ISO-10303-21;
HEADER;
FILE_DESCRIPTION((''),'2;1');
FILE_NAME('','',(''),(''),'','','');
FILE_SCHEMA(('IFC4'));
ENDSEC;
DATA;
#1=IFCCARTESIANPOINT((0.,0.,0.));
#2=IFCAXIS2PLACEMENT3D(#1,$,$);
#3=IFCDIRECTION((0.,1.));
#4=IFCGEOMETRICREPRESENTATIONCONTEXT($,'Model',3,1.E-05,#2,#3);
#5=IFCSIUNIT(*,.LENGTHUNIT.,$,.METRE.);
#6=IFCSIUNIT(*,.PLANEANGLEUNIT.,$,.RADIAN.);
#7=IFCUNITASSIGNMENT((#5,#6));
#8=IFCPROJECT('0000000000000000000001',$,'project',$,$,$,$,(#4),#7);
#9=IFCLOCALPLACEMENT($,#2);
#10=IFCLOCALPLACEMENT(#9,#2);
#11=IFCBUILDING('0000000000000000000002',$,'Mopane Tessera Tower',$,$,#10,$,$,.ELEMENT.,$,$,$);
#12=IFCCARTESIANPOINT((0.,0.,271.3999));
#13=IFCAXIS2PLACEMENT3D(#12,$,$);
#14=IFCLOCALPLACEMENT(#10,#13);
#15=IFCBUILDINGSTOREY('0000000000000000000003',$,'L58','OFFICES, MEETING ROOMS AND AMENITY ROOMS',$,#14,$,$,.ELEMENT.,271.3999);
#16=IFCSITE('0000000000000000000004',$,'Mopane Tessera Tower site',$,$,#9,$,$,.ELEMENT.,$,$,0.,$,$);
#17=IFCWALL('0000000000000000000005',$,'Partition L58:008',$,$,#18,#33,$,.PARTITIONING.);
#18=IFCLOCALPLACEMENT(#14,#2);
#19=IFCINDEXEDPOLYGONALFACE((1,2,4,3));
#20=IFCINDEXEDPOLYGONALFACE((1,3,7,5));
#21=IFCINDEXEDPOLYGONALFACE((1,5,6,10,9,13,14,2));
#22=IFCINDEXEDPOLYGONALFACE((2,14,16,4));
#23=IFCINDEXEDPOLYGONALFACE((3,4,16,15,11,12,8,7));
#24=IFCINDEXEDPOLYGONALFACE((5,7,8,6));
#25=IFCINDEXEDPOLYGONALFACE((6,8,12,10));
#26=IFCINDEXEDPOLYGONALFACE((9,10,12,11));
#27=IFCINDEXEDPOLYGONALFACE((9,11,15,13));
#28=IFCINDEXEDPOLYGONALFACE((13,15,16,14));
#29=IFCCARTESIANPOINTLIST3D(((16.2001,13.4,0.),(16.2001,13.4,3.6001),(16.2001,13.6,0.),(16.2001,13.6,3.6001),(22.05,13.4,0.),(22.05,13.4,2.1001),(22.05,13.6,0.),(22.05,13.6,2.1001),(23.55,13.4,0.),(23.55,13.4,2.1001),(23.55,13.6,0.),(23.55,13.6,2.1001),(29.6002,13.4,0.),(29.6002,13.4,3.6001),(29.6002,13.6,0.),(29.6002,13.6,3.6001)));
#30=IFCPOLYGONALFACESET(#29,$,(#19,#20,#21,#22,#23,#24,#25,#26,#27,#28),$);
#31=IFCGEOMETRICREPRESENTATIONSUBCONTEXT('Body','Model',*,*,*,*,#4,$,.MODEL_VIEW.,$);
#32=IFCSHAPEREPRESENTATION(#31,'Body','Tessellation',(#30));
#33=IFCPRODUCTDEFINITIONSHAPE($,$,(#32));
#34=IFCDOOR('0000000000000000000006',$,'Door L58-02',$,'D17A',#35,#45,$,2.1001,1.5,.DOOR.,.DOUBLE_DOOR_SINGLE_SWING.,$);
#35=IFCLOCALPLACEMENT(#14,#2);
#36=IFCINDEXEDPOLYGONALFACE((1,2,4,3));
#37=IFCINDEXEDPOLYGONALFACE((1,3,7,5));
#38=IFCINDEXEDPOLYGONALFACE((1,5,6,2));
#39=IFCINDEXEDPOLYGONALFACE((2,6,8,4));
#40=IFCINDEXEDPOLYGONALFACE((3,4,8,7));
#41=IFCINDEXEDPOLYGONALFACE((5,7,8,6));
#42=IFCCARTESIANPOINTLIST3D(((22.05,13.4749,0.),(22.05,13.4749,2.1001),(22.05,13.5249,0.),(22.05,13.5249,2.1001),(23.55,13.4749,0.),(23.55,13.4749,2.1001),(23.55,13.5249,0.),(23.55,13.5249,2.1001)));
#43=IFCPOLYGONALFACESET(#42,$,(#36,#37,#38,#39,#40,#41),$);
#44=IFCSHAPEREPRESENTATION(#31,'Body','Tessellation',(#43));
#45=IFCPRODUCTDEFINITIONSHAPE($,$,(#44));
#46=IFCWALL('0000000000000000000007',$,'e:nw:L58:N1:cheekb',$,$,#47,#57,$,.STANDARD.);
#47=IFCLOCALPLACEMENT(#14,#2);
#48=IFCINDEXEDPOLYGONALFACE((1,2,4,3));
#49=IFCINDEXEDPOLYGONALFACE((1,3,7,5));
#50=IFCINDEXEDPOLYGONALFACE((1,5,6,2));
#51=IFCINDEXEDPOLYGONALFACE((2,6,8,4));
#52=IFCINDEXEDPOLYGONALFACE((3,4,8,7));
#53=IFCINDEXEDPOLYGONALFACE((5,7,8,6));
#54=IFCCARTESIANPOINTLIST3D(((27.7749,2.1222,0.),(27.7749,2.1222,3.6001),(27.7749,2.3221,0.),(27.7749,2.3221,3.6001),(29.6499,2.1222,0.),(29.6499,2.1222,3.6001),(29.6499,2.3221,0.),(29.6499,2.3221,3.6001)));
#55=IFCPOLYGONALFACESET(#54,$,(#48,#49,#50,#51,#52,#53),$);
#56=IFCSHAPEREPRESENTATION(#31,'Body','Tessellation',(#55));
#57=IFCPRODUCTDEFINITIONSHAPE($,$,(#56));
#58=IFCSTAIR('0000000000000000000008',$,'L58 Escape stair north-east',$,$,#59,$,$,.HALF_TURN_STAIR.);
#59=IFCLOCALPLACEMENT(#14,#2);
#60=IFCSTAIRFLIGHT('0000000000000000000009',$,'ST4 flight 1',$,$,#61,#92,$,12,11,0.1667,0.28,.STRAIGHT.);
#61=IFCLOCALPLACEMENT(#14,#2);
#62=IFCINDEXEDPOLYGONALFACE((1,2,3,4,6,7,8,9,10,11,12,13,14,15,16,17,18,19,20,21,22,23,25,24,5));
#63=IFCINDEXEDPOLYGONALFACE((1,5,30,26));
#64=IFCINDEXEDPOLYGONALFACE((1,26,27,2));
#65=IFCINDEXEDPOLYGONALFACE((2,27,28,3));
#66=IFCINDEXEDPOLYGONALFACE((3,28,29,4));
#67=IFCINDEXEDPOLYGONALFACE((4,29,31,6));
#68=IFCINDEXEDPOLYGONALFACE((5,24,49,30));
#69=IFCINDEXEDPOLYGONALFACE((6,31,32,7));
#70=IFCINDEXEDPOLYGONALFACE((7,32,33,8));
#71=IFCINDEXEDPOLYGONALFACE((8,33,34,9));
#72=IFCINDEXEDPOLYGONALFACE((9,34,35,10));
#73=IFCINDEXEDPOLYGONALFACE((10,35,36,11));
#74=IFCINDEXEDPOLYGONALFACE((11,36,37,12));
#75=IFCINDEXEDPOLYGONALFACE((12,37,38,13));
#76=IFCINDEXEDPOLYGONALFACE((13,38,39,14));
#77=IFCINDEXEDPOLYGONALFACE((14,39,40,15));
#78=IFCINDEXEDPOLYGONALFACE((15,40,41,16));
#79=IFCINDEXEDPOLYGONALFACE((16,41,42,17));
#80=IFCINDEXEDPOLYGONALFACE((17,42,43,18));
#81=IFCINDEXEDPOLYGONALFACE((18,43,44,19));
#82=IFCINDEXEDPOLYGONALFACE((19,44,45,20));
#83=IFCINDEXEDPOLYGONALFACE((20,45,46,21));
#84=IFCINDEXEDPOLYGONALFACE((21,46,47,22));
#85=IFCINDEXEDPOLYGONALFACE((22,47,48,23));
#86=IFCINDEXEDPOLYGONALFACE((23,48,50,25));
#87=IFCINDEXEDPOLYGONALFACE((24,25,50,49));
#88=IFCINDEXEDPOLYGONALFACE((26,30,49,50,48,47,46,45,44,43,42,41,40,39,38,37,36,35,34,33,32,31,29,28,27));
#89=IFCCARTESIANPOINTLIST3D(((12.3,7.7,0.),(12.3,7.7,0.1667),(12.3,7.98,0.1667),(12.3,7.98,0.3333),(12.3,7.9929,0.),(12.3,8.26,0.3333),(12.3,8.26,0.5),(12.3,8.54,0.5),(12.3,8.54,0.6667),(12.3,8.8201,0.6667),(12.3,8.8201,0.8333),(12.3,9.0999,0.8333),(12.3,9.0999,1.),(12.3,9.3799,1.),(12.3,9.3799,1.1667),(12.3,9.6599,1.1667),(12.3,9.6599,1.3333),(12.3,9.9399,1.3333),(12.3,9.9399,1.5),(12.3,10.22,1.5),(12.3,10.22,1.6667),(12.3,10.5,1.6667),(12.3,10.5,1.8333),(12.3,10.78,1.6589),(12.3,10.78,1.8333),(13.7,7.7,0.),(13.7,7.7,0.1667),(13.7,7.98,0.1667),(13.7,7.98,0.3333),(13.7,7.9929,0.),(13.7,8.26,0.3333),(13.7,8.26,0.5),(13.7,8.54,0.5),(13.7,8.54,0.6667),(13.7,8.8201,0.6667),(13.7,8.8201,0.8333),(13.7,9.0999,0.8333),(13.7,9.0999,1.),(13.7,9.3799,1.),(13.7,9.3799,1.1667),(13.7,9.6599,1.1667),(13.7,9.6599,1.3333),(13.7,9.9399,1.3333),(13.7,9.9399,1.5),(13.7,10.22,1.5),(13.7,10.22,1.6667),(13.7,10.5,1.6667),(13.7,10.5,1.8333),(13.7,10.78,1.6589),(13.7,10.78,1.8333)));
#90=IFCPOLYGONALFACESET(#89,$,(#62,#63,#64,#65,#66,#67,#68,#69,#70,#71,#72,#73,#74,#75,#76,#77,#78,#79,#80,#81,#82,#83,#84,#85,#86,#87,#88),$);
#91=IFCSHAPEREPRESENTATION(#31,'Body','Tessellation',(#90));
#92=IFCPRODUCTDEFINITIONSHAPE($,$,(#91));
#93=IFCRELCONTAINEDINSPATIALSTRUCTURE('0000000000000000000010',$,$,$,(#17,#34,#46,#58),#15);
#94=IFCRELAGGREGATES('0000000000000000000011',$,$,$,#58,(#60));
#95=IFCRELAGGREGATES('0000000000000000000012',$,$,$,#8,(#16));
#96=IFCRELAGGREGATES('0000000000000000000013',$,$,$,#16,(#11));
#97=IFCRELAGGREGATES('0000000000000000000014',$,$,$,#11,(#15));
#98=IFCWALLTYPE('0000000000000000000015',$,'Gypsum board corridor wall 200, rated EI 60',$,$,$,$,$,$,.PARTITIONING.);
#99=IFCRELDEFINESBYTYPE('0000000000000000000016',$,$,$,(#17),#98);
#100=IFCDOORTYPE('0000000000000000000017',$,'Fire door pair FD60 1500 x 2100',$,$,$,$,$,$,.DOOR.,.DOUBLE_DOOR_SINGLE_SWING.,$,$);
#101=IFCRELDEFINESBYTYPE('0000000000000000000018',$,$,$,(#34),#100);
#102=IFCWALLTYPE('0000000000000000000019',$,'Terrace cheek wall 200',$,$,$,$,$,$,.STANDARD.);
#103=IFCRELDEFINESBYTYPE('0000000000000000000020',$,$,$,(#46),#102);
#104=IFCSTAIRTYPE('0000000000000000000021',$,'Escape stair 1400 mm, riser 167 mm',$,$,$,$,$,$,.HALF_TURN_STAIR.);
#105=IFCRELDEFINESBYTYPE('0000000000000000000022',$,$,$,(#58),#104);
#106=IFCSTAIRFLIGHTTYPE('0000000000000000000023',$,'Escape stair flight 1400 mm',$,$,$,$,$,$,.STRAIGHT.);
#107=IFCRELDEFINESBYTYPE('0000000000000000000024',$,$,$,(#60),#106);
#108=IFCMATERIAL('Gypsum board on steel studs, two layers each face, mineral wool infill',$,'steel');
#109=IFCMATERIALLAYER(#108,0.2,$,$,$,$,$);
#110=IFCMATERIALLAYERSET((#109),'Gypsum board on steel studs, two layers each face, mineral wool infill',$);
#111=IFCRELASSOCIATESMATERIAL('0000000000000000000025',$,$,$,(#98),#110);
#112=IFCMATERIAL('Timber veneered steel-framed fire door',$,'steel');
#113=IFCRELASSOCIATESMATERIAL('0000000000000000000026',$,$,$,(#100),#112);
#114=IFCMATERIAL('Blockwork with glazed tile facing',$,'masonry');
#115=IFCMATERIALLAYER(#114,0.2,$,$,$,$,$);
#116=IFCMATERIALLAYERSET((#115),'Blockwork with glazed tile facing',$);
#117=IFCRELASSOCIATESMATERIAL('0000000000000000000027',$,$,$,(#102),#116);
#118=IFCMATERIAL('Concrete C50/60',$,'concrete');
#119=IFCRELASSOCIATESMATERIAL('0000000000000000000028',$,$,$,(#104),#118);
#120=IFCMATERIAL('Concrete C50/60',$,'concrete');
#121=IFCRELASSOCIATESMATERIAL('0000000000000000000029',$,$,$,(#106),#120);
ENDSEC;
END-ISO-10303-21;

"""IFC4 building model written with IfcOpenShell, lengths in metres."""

from ifc_helpers import new_model, si_unit, direction, frame, frame_2d, origin, place, context, subcontext, project, spatial, polyline, rectangle, outline, extrude, material, layer, layer_set, type_object, element, fill, aggregate, save


model = new_model("IFC4")

# Units and contexts
model_context = context("Model", 3, precision=1e-05, world=origin(), true_north=direction((0.0, 1.0)))
body_context = subcontext(model_context, "Body", "Model", "MODEL_VIEW")
ifc_project = project(units=[si_unit("LENGTHUNIT", "METRE"), si_unit("PLANEANGLEUNIT", "RADIAN")], contexts=[model_context])

# Site, building, storey
site_placement = place(None, origin())
site = spatial("IfcSite", under=ifc_project, at=site_placement, Name="Mopane Tessera Tower site", CompositionType="ELEMENT", RefElevation=0.0)
building_placement = place(site_placement, origin())
building = spatial("IfcBuilding", under=site, at=building_placement, Name="Mopane Tessera Tower", CompositionType="ELEMENT")
storey_placement = place(building_placement, frame((0.0, 0.0, 271.3999)))
storey = spatial("IfcBuildingStorey", under=building, at=storey_placement, Name="L58", Description="OFFICES, MEETING ROOMS AND AMENITY ROOMS", CompositionType="ELEMENT", Elevation=271.3999)

# Wall, opening, door
ifc_material_1 = material(Name="Gypsum board on steel studs, two layers each face, mineral wool infill", Category="steel")
ifc_layer_1 = layer(ifc_material_1, 0.2)
ifc_layer_set_1 = layer_set([ifc_layer_1], Name="Gypsum board on steel studs, two layers each face, mineral wool infill")
wall_type_1 = type_object("IfcWallType", Name="Gypsum board corridor wall 200, rated EI 60", PredefinedType="PARTITIONING", material=ifc_layer_set_1)
wall_1_placement = place(storey_placement, frame((16.2, 13.5, 0.0), z_axis=(0.0, 0.0, 1.0), x_axis=(1.0, 0.0, 0.0)))
wall_1 = element("IfcWall", 1, at=wall_1_placement, inside=storey, type_object=wall_type_1, Name="Partition L58:008", PredefinedType="PARTITIONING", context=body_context, shape_type="SweptSolid", body=[
    extrude(rectangle(XDim=13.4001, YDim=0.2, at=frame_2d((6.7002, 0.0))), origin(), (0.0, 0.0, 1.0), 3.6001),
])
opening_placement = place(wall_1_placement, frame((5.8501, 0.0, 0.0)))
opening = element("IfcOpeningElement", 2, at=opening_placement, cuts=wall_1, PredefinedType="OPENING", context=body_context, shape_type="SweptSolid", body=[
    extrude(rectangle(XDim=1.5, YDim=2.1001, at=frame_2d((0.75, 1.05))), frame((0.0, 0.1121, 0.0), z_axis=(0.0, -1.0, 0.0), x_axis=(1.0, 0.0, 0.0)), (0.0, 0.0, 1.0), 0.2239),
])
ifc_material_2 = material(Name="Timber veneered steel-framed fire door", Category="steel")
door_type = type_object("IfcDoorType", Name="Fire door pair FD60 1500 x 2100", OperationType="DOUBLE_DOOR_SINGLE_SWING", PredefinedType="DOOR", material=ifc_material_2)
door_placement = place(opening_placement, origin())
door = element("IfcDoor", 3, at=door_placement, inside=storey, type_object=door_type, Name="Door L58-02", ObjectType="D17A", OperationType="DOUBLE_DOOR_SINGLE_SWING", OverallHeight=2.1001, OverallWidth=1.5, PredefinedType="DOOR", context=body_context, shape_type="SweptSolid", body=[
    extrude(rectangle(XDim=1.5, YDim=2.1001, at=frame_2d((0.75, 1.05))), frame((0.0, 0.0249, 0.0), z_axis=(0.0, -1.0, 0.0), x_axis=(1.0, 0.0, 0.0)), (0.0, 0.0, 1.0), 0.05),
])
fill(opening, door)

# Wall
ifc_material_3 = material(Name="Blockwork with glazed tile facing", Category="masonry")
ifc_layer_2 = layer(ifc_material_3, 0.2)
ifc_layer_set_2 = layer_set([ifc_layer_2], Name="Blockwork with glazed tile facing")
wall_type_2 = type_object("IfcWallType", Name="Terrace cheek wall 200", PredefinedType="STANDARD", material=ifc_layer_set_2)
wall_2_placement = place(storey_placement, frame((29.6499, 2.2222, 0.0), z_axis=(0.0, 0.0, 1.0), x_axis=(-1.0, 0.0, 0.0)))
element("IfcWall", 4, at=wall_2_placement, inside=storey, type_object=wall_type_2, Name="e:nw:L58:N1:cheekb", PredefinedType="STANDARD", context=body_context, shape_type="SweptSolid", body=[
    extrude(rectangle(XDim=1.875, YDim=0.2, at=frame_2d((0.9375, 0.0))), origin(), (0.0, 0.0, 1.0), 3.6001),
])

# Stair, stair flight
ifc_material_4 = material(Name="Concrete C50/60", Category="concrete")
stair_type = type_object("IfcStairType", Name="Escape stair 1400 mm, riser 167 mm", PredefinedType="HALF_TURN_STAIR", material=ifc_material_4)
stair_placement = place(storey_placement, origin())
stair = element("IfcStair", 5, at=stair_placement, inside=storey, type_object=stair_type, Name="L58 Escape stair north-east", PredefinedType="HALF_TURN_STAIR")
ifc_material_5 = material(Name="Concrete C50/60", Category="concrete")
stair_flight_type = type_object("IfcStairFlightType", Name="Escape stair flight 1400 mm", PredefinedType="STRAIGHT", material=ifc_material_5)
stair_flight_placement = place(storey_placement, frame((13.0, 7.7, 0.0), z_axis=(0.0, 0.0, 1.0), x_axis=(0.0, 1.0, 0.0)))
stair_flight = element("IfcStairFlight", 6, at=stair_flight_placement, type_object=stair_flight_type, Name="ST4 flight 1", NumberOfRisers=12, NumberOfTreads=11, PredefinedType="STRAIGHT", RiserHeight=0.1667, TreadLength=0.28, context=body_context, shape_type="SweptSolid", body=[
    extrude(outline(polyline([(0.0, 0.0), (0.0, 0.1667), (0.28, 0.1667), (0.28, 0.3333), (0.5601, 0.3333), (0.5601, 0.5), (0.8401, 0.5), (0.8401, 0.6667), (1.1201, 0.6667), (1.1201, 0.8333), (1.3999, 0.8333), (1.3999, 1.0), (1.6799, 1.0), (1.6799, 1.1667), (1.96, 1.1667), (1.96, 1.3333), (2.24, 1.3333), (2.24, 1.5), (2.52, 1.5), (2.52, 1.6667), (2.8, 1.6667), (2.8, 1.8333), (3.0801, 1.8333), (3.0801, 2.0), (3.0801, 1.6589), (0.293, 0.0), (0.0, 0.0)])), frame((0.0, 0.7, 0.0), z_axis=(0.0, -1.0, 0.0), x_axis=(1.0, 0.0, 0.0)), (0.0, 0.0, 1.0), 1.3999),
])
aggregate(stair, [stair_flight])

save(model, "model.ifc")
